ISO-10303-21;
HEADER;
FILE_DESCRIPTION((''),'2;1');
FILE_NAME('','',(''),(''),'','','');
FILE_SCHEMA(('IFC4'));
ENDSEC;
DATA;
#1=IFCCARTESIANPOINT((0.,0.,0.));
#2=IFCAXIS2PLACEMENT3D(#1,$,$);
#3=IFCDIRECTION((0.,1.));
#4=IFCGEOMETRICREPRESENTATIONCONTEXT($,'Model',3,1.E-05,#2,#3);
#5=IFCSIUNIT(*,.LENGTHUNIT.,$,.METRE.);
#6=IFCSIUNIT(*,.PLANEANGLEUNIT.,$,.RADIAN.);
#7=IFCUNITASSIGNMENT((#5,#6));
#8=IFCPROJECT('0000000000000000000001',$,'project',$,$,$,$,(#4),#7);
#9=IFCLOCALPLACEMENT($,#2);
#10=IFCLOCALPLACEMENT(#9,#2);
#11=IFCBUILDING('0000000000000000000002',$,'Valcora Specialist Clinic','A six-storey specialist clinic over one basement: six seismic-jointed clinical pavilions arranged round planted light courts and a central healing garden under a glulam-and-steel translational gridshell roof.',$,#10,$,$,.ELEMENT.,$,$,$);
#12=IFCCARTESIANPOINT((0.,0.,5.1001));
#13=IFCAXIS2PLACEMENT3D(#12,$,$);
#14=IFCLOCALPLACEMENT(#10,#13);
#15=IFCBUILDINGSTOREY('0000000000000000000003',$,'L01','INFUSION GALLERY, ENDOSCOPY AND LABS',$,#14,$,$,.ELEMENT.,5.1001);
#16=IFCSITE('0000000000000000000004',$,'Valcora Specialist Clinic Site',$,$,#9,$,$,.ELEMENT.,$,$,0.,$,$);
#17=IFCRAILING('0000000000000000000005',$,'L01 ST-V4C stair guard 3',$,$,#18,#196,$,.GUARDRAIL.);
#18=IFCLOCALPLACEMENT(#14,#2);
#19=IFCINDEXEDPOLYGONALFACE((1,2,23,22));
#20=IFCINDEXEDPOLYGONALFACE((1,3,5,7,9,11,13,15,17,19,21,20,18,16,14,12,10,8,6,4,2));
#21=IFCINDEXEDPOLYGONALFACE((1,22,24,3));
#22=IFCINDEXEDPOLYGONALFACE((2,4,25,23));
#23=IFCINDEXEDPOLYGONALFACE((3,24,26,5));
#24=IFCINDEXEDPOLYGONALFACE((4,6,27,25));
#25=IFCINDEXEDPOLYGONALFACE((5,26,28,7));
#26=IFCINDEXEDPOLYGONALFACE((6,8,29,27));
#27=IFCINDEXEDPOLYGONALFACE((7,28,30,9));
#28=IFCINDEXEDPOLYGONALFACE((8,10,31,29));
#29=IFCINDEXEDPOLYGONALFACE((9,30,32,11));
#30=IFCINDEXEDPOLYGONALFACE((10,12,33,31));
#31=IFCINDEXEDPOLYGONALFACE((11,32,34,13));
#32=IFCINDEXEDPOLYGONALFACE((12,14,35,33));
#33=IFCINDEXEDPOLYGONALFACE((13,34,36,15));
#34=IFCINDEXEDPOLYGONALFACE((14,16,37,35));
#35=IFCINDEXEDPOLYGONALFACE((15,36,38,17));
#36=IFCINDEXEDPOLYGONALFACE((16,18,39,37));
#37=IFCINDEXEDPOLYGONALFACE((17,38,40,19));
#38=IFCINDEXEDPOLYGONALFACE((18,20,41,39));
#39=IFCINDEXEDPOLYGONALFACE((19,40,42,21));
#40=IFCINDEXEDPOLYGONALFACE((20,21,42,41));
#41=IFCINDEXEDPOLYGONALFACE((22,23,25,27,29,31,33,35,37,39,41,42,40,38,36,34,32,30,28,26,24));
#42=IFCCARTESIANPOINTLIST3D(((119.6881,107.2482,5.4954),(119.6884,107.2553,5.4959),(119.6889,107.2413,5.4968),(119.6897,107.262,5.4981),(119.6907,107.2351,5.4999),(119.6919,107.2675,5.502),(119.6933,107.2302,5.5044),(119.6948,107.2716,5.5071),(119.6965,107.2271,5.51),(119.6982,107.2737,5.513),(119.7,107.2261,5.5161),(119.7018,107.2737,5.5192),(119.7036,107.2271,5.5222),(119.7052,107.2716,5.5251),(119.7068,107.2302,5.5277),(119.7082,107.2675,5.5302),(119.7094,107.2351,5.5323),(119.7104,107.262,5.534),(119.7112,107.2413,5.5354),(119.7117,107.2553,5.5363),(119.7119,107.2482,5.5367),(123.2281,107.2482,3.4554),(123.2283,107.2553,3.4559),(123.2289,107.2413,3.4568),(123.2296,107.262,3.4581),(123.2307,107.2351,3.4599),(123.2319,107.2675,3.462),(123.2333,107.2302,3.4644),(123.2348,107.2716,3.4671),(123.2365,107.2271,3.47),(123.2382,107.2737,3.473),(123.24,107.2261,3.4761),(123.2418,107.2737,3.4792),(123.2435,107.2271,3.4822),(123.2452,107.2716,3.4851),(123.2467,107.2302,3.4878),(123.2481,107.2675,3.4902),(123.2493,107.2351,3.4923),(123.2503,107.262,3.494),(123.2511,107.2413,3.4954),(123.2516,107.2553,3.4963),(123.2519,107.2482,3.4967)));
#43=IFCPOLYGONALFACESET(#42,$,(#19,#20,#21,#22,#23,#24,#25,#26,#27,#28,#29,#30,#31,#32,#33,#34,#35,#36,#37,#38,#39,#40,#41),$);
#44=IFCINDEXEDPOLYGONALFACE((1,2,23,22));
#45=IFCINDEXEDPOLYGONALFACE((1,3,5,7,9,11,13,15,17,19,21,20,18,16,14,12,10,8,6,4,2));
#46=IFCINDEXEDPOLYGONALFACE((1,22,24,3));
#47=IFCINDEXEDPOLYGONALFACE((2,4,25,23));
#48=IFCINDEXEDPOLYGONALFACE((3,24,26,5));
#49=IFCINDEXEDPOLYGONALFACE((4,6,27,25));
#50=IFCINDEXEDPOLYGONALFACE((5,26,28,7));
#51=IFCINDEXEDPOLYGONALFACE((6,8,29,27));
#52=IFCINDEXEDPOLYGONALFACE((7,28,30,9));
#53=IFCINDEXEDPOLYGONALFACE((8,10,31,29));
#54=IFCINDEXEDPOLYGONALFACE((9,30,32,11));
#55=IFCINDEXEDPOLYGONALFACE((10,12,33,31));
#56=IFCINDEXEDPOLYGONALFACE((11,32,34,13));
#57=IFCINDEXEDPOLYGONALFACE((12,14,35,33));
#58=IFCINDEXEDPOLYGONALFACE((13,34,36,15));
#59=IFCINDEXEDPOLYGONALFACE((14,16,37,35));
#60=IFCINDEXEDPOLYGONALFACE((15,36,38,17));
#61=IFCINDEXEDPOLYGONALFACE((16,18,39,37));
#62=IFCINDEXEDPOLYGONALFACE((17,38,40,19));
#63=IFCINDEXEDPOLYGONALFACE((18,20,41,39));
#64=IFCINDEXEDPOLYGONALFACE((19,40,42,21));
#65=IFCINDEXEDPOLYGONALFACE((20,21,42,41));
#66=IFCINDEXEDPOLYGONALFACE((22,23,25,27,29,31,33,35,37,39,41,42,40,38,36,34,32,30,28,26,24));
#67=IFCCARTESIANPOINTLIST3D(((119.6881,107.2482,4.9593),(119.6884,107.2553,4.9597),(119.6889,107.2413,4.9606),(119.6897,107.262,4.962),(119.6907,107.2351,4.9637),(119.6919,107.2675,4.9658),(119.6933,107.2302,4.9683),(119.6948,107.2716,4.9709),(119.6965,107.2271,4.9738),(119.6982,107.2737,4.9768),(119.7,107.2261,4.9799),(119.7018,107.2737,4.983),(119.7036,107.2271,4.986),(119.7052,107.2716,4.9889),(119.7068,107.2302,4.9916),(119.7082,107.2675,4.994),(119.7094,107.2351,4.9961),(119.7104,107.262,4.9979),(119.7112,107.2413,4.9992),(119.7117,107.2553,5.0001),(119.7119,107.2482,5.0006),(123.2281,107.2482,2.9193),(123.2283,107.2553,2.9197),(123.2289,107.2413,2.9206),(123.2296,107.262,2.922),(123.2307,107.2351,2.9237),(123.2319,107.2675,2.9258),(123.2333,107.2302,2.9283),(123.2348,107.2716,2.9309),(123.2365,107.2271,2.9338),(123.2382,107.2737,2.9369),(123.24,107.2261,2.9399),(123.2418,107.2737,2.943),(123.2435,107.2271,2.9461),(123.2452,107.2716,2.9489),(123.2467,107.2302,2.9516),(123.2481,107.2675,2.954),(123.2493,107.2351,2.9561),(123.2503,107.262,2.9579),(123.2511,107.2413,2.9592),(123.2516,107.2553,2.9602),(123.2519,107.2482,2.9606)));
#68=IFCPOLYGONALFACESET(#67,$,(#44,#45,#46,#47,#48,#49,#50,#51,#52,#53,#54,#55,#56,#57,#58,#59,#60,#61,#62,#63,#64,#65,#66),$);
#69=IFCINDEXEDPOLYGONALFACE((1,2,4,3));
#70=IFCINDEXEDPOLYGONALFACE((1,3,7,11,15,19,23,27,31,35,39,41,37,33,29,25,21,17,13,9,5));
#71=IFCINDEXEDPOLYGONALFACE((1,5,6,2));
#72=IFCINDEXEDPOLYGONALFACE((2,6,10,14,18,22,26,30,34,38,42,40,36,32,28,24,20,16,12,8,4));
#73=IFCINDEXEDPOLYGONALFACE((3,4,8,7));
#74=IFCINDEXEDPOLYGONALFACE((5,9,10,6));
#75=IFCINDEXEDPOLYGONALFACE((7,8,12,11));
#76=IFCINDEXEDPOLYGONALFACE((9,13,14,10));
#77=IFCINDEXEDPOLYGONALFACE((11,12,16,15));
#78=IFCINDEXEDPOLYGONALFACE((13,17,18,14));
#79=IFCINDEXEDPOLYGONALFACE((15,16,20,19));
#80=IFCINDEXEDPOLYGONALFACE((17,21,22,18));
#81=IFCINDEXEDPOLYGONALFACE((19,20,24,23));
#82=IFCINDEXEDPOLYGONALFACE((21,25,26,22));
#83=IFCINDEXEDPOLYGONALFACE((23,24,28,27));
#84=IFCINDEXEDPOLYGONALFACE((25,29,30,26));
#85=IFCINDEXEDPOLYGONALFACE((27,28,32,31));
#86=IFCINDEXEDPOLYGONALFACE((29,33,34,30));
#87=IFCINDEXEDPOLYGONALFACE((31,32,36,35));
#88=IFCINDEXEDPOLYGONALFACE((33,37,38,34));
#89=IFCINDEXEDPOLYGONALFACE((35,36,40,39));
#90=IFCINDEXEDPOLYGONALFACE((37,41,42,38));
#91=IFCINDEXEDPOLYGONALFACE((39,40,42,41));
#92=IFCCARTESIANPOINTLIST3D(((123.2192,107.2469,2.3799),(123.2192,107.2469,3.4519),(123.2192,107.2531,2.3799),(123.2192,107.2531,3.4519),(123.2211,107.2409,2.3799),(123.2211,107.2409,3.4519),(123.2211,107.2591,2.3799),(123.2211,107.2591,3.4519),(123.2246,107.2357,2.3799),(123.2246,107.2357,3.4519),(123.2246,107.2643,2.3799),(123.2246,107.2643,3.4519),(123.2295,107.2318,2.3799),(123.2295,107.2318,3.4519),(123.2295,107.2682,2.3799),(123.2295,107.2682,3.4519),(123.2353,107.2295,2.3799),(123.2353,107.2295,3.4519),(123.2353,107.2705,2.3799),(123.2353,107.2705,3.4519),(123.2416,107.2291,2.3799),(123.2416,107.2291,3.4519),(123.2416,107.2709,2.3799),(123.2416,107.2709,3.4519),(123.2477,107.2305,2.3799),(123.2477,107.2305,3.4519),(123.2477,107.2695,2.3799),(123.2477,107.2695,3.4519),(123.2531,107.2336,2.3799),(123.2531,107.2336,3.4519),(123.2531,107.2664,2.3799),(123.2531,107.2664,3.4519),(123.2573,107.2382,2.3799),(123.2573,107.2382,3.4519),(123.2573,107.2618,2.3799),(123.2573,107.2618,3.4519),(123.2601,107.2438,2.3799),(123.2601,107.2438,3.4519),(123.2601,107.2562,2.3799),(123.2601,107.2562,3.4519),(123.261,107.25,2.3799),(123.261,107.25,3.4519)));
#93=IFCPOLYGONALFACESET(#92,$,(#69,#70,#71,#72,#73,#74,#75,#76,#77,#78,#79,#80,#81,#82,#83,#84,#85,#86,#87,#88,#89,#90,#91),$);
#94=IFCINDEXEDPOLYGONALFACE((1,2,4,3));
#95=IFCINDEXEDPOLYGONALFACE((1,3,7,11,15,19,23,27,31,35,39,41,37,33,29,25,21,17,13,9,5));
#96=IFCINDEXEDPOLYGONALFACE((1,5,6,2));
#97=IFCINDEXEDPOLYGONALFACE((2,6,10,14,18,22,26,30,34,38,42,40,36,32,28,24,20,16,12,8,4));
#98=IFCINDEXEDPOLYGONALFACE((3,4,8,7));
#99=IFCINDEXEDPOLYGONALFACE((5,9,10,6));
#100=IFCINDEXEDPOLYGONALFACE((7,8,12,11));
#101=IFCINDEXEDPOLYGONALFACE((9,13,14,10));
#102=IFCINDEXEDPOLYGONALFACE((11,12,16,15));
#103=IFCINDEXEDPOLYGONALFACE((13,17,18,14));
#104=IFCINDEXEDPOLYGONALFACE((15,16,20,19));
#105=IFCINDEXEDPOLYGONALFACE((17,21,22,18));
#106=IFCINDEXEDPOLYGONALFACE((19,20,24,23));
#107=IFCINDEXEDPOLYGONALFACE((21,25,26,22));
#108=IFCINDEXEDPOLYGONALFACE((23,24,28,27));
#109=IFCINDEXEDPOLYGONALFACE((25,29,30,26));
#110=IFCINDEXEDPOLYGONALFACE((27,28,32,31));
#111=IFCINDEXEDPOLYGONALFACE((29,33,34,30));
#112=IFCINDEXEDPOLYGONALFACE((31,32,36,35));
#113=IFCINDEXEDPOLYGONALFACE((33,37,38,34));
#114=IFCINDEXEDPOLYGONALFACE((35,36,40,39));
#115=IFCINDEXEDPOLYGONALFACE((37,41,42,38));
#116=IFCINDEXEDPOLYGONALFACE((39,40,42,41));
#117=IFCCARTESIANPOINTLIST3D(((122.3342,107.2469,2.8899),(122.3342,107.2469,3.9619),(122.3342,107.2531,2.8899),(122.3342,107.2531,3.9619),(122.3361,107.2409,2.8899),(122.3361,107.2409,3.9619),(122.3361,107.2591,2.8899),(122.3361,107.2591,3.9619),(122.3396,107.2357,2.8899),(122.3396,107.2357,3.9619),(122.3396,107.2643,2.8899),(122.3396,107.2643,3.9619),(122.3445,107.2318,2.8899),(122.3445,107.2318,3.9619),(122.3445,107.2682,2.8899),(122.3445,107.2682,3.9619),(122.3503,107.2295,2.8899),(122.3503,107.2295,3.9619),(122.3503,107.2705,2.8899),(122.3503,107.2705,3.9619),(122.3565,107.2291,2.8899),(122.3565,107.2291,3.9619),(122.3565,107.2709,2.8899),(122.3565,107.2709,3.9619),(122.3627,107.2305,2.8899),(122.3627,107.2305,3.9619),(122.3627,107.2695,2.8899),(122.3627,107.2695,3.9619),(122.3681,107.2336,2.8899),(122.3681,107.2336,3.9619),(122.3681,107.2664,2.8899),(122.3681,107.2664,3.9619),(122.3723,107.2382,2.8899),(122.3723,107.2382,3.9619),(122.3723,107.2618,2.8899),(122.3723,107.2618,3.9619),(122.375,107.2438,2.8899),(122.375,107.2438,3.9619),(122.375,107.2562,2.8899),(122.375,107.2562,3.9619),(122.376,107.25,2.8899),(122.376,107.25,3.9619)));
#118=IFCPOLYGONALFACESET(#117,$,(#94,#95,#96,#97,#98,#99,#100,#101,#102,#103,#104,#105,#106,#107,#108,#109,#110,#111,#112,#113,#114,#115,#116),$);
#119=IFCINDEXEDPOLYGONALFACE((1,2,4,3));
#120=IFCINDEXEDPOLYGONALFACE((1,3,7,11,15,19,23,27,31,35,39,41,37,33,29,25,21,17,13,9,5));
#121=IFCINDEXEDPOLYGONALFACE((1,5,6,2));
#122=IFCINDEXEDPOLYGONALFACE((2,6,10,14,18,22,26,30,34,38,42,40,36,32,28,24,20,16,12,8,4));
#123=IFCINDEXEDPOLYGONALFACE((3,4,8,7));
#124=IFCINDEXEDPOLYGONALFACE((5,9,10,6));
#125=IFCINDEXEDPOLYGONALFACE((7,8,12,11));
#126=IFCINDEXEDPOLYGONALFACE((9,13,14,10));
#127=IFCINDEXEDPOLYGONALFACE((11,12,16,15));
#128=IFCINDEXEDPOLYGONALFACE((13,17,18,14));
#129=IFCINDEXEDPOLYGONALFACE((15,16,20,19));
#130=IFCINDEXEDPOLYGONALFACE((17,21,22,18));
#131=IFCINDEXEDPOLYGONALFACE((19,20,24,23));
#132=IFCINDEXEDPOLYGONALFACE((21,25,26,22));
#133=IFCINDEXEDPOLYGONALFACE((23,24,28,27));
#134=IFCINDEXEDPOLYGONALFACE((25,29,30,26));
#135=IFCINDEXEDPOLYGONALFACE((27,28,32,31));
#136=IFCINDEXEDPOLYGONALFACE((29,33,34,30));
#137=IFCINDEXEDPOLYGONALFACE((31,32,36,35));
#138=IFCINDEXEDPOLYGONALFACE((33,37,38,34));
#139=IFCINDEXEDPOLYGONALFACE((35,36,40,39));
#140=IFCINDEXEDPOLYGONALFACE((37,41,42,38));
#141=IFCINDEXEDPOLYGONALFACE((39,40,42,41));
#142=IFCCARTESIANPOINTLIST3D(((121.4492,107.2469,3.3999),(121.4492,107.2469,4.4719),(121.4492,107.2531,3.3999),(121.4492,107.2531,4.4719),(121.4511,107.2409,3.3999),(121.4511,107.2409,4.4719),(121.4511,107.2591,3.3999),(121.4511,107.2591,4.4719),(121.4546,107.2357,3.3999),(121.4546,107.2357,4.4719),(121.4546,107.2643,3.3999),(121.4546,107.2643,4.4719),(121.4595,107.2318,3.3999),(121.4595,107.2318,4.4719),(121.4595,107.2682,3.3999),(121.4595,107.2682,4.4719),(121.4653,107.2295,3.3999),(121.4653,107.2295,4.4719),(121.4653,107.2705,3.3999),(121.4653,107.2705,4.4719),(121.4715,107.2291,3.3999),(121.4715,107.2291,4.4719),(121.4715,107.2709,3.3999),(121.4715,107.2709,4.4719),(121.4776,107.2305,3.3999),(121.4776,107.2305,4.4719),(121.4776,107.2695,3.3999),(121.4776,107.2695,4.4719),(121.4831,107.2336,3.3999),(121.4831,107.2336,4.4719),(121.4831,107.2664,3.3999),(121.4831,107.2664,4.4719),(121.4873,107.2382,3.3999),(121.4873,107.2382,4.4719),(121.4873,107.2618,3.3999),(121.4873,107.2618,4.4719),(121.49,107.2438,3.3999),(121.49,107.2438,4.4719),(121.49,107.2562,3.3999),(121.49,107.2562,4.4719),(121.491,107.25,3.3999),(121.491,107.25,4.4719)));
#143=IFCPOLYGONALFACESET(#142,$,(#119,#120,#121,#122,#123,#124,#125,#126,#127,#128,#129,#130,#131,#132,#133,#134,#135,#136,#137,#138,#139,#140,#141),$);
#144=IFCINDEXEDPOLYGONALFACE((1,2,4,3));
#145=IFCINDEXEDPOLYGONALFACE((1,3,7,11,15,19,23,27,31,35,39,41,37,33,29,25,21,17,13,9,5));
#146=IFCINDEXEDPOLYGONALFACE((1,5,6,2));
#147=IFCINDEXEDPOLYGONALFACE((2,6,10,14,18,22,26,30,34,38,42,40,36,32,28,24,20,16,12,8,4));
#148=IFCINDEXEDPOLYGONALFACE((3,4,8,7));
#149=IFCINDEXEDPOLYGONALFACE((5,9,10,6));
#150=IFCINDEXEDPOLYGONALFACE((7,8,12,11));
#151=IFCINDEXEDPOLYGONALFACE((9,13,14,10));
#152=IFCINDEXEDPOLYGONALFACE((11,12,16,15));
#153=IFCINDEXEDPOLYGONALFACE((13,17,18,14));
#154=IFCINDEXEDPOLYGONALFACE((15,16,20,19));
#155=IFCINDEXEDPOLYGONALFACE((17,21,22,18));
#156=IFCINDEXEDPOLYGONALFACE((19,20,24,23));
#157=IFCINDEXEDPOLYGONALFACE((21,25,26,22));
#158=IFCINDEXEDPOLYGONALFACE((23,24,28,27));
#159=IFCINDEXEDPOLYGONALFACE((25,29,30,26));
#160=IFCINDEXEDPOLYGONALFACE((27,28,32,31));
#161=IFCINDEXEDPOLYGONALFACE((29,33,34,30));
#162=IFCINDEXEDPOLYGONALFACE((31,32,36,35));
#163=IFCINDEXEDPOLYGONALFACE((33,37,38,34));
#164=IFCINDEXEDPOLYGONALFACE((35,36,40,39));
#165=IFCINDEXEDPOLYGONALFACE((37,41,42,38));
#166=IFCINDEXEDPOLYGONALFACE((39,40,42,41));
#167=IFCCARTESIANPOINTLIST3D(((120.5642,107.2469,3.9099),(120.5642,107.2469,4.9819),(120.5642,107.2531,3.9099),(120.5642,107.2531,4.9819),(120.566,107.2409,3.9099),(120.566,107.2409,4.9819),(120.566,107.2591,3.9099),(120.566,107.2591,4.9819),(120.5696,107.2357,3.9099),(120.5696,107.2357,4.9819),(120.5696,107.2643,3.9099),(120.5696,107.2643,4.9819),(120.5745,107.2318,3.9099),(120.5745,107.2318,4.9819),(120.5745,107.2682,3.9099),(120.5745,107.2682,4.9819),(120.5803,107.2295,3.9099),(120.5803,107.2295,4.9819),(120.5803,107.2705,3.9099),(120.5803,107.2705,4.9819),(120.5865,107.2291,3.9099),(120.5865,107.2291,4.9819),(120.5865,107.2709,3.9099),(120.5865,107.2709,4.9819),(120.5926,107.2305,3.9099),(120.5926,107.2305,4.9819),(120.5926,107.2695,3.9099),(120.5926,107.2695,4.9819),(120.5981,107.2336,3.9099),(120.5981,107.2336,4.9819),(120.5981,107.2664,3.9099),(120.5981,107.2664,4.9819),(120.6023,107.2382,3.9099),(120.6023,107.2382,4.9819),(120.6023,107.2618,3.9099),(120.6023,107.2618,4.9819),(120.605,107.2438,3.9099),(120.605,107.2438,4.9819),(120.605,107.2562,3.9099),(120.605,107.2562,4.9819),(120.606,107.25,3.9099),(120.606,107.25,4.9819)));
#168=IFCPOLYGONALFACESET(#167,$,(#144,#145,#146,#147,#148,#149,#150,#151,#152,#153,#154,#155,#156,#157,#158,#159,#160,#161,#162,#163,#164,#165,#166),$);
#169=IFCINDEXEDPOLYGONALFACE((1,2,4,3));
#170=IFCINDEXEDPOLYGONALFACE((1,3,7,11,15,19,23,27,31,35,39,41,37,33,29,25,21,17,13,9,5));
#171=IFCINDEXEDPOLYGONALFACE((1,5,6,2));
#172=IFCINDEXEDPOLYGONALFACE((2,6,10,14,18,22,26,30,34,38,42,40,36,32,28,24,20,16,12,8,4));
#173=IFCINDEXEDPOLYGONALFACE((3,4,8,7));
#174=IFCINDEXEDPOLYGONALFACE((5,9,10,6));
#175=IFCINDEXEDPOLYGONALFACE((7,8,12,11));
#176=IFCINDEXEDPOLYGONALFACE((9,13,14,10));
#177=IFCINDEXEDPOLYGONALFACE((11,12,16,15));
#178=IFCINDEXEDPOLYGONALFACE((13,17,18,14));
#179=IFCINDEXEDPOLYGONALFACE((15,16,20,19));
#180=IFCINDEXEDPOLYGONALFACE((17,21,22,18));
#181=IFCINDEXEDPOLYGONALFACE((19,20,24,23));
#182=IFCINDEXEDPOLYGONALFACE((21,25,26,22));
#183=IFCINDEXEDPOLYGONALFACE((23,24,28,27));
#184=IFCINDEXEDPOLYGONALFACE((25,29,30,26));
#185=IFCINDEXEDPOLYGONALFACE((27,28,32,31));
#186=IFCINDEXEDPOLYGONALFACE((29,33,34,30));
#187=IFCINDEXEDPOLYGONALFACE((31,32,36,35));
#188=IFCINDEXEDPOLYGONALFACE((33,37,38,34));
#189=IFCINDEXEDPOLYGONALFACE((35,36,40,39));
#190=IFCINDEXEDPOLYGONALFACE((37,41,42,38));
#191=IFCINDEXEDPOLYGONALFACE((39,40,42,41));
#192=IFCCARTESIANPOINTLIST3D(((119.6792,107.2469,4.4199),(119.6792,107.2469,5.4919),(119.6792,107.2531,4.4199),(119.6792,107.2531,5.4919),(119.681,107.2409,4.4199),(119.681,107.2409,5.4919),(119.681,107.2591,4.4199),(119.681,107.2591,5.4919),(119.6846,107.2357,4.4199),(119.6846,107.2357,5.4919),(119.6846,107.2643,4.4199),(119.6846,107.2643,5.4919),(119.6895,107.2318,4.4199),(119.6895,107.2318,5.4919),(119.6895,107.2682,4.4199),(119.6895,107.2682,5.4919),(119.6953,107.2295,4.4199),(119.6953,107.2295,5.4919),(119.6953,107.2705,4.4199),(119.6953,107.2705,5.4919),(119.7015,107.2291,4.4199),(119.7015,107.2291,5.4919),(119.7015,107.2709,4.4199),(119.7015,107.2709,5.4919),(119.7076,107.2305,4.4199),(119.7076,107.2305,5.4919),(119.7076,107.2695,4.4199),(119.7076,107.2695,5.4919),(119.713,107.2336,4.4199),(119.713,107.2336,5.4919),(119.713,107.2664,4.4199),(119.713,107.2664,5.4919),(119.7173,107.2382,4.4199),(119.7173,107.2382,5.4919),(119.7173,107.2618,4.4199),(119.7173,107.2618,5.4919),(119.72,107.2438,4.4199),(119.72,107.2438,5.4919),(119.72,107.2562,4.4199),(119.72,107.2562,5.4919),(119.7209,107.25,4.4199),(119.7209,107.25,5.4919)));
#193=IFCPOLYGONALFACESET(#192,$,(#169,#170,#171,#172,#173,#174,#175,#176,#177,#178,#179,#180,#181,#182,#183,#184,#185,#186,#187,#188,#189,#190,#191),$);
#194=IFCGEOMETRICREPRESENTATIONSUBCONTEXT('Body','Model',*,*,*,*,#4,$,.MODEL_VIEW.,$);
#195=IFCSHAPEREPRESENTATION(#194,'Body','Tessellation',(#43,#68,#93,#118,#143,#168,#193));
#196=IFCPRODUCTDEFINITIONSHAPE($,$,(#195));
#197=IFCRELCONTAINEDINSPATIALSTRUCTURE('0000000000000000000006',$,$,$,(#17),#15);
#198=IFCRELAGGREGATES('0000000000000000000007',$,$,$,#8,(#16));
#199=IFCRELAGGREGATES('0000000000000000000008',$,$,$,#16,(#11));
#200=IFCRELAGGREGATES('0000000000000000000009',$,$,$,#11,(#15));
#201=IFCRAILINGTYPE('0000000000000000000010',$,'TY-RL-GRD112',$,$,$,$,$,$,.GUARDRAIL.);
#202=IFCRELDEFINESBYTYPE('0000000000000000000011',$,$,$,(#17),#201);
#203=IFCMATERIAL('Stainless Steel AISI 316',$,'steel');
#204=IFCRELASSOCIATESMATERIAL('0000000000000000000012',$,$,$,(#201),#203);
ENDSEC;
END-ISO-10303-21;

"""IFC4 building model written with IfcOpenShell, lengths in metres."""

from ifc_helpers import new_model, si_unit, direction, frame, origin, origin_2d, place, context, subcontext, project, spatial, circle, extrude, material, type_object, element, save


model = new_model("IFC4")

# Units and contexts
model_context = context("Model", 3, precision=1e-05, world=origin(), true_north=direction((0.0, 1.0)))
body_context = subcontext(model_context, "Body", "Model", "MODEL_VIEW")
ifc_project = project(units=[si_unit("LENGTHUNIT", "METRE"), si_unit("PLANEANGLEUNIT", "RADIAN")], contexts=[model_context])

# Site, building, storey
site_placement = place(None, origin())
site = spatial("IfcSite", under=ifc_project, at=site_placement, Name="Valcora Specialist Clinic Site", CompositionType="ELEMENT", RefElevation=0.0)
building_placement = place(site_placement, origin())
building = spatial("IfcBuilding", under=site, at=building_placement, Name="Valcora Specialist Clinic", Description="A six-storey specialist clinic over one basement: six seismic-jointed clinical pavilions arranged round planted light courts and a central healing garden under a glulam-and-steel translational gridshell roof.", CompositionType="ELEMENT")
storey_placement = place(building_placement, frame((0.0, 0.0, 5.1001)))
storey = spatial("IfcBuildingStorey", under=building, at=storey_placement, Name="L01", Description="INFUSION GALLERY, ENDOSCOPY AND LABS", CompositionType="ELEMENT", Elevation=5.1001)

# Railing
ifc_material_1 = material(Name="Stainless Steel AISI 316", Category="steel")
railing_type_1 = type_object("IfcRailingType", Name="TY-RL-GRD112", PredefinedType="GUARDRAIL", material=ifc_material_1)
railing_1_placement = place(storey_placement, frame((123.24, 107.25, 2.3799)))
element("IfcRailing", 1, at=railing_1_placement, inside=storey, type_object=railing_type_1, Name="L01 ST-V4C stair guard 3", PredefinedType="GUARDRAIL", context=body_context, shape_type="SweptSolid", body=[
    extrude(circle(Radius=0.0239, at=origin_2d()), frame((0.0, 0.0, 1.0962), z_axis=(-0.866428, 0.0, 0.499302), x_axis=(0.0, -1.0, 0.0)), (0.0, 0.0, 1.0), 4.0857),
    extrude(circle(Radius=0.0239, at=origin_2d()), frame((0.0, 0.0, 0.5601), z_axis=(-0.866428, 0.0, 0.499302), x_axis=(0.0, -1.0, 0.0)), (0.0, 0.0, 1.0), 4.0857),
    extrude(circle(Radius=0.021, at=origin_2d()), origin(), (0.0, 0.0, 1.0), 1.072),
    extrude(circle(Radius=0.021, at=origin_2d()), frame((-0.885, 0.0, 0.51)), (0.0, 0.0, 1.0), 1.072),
    extrude(circle(Radius=0.021, at=origin_2d()), frame((-1.77, 0.0, 1.02)), (0.0, 0.0, 1.0), 1.072),
    extrude(circle(Radius=0.021, at=origin_2d()), frame((-2.655, 0.0, 1.53)), (0.0, 0.0, 1.0), 1.072),
    extrude(circle(Radius=0.021, at=origin_2d()), frame((-3.54, 0.0, 2.04)), (0.0, 0.0, 1.0), 1.072),
])

save(model, "model.ifc")
